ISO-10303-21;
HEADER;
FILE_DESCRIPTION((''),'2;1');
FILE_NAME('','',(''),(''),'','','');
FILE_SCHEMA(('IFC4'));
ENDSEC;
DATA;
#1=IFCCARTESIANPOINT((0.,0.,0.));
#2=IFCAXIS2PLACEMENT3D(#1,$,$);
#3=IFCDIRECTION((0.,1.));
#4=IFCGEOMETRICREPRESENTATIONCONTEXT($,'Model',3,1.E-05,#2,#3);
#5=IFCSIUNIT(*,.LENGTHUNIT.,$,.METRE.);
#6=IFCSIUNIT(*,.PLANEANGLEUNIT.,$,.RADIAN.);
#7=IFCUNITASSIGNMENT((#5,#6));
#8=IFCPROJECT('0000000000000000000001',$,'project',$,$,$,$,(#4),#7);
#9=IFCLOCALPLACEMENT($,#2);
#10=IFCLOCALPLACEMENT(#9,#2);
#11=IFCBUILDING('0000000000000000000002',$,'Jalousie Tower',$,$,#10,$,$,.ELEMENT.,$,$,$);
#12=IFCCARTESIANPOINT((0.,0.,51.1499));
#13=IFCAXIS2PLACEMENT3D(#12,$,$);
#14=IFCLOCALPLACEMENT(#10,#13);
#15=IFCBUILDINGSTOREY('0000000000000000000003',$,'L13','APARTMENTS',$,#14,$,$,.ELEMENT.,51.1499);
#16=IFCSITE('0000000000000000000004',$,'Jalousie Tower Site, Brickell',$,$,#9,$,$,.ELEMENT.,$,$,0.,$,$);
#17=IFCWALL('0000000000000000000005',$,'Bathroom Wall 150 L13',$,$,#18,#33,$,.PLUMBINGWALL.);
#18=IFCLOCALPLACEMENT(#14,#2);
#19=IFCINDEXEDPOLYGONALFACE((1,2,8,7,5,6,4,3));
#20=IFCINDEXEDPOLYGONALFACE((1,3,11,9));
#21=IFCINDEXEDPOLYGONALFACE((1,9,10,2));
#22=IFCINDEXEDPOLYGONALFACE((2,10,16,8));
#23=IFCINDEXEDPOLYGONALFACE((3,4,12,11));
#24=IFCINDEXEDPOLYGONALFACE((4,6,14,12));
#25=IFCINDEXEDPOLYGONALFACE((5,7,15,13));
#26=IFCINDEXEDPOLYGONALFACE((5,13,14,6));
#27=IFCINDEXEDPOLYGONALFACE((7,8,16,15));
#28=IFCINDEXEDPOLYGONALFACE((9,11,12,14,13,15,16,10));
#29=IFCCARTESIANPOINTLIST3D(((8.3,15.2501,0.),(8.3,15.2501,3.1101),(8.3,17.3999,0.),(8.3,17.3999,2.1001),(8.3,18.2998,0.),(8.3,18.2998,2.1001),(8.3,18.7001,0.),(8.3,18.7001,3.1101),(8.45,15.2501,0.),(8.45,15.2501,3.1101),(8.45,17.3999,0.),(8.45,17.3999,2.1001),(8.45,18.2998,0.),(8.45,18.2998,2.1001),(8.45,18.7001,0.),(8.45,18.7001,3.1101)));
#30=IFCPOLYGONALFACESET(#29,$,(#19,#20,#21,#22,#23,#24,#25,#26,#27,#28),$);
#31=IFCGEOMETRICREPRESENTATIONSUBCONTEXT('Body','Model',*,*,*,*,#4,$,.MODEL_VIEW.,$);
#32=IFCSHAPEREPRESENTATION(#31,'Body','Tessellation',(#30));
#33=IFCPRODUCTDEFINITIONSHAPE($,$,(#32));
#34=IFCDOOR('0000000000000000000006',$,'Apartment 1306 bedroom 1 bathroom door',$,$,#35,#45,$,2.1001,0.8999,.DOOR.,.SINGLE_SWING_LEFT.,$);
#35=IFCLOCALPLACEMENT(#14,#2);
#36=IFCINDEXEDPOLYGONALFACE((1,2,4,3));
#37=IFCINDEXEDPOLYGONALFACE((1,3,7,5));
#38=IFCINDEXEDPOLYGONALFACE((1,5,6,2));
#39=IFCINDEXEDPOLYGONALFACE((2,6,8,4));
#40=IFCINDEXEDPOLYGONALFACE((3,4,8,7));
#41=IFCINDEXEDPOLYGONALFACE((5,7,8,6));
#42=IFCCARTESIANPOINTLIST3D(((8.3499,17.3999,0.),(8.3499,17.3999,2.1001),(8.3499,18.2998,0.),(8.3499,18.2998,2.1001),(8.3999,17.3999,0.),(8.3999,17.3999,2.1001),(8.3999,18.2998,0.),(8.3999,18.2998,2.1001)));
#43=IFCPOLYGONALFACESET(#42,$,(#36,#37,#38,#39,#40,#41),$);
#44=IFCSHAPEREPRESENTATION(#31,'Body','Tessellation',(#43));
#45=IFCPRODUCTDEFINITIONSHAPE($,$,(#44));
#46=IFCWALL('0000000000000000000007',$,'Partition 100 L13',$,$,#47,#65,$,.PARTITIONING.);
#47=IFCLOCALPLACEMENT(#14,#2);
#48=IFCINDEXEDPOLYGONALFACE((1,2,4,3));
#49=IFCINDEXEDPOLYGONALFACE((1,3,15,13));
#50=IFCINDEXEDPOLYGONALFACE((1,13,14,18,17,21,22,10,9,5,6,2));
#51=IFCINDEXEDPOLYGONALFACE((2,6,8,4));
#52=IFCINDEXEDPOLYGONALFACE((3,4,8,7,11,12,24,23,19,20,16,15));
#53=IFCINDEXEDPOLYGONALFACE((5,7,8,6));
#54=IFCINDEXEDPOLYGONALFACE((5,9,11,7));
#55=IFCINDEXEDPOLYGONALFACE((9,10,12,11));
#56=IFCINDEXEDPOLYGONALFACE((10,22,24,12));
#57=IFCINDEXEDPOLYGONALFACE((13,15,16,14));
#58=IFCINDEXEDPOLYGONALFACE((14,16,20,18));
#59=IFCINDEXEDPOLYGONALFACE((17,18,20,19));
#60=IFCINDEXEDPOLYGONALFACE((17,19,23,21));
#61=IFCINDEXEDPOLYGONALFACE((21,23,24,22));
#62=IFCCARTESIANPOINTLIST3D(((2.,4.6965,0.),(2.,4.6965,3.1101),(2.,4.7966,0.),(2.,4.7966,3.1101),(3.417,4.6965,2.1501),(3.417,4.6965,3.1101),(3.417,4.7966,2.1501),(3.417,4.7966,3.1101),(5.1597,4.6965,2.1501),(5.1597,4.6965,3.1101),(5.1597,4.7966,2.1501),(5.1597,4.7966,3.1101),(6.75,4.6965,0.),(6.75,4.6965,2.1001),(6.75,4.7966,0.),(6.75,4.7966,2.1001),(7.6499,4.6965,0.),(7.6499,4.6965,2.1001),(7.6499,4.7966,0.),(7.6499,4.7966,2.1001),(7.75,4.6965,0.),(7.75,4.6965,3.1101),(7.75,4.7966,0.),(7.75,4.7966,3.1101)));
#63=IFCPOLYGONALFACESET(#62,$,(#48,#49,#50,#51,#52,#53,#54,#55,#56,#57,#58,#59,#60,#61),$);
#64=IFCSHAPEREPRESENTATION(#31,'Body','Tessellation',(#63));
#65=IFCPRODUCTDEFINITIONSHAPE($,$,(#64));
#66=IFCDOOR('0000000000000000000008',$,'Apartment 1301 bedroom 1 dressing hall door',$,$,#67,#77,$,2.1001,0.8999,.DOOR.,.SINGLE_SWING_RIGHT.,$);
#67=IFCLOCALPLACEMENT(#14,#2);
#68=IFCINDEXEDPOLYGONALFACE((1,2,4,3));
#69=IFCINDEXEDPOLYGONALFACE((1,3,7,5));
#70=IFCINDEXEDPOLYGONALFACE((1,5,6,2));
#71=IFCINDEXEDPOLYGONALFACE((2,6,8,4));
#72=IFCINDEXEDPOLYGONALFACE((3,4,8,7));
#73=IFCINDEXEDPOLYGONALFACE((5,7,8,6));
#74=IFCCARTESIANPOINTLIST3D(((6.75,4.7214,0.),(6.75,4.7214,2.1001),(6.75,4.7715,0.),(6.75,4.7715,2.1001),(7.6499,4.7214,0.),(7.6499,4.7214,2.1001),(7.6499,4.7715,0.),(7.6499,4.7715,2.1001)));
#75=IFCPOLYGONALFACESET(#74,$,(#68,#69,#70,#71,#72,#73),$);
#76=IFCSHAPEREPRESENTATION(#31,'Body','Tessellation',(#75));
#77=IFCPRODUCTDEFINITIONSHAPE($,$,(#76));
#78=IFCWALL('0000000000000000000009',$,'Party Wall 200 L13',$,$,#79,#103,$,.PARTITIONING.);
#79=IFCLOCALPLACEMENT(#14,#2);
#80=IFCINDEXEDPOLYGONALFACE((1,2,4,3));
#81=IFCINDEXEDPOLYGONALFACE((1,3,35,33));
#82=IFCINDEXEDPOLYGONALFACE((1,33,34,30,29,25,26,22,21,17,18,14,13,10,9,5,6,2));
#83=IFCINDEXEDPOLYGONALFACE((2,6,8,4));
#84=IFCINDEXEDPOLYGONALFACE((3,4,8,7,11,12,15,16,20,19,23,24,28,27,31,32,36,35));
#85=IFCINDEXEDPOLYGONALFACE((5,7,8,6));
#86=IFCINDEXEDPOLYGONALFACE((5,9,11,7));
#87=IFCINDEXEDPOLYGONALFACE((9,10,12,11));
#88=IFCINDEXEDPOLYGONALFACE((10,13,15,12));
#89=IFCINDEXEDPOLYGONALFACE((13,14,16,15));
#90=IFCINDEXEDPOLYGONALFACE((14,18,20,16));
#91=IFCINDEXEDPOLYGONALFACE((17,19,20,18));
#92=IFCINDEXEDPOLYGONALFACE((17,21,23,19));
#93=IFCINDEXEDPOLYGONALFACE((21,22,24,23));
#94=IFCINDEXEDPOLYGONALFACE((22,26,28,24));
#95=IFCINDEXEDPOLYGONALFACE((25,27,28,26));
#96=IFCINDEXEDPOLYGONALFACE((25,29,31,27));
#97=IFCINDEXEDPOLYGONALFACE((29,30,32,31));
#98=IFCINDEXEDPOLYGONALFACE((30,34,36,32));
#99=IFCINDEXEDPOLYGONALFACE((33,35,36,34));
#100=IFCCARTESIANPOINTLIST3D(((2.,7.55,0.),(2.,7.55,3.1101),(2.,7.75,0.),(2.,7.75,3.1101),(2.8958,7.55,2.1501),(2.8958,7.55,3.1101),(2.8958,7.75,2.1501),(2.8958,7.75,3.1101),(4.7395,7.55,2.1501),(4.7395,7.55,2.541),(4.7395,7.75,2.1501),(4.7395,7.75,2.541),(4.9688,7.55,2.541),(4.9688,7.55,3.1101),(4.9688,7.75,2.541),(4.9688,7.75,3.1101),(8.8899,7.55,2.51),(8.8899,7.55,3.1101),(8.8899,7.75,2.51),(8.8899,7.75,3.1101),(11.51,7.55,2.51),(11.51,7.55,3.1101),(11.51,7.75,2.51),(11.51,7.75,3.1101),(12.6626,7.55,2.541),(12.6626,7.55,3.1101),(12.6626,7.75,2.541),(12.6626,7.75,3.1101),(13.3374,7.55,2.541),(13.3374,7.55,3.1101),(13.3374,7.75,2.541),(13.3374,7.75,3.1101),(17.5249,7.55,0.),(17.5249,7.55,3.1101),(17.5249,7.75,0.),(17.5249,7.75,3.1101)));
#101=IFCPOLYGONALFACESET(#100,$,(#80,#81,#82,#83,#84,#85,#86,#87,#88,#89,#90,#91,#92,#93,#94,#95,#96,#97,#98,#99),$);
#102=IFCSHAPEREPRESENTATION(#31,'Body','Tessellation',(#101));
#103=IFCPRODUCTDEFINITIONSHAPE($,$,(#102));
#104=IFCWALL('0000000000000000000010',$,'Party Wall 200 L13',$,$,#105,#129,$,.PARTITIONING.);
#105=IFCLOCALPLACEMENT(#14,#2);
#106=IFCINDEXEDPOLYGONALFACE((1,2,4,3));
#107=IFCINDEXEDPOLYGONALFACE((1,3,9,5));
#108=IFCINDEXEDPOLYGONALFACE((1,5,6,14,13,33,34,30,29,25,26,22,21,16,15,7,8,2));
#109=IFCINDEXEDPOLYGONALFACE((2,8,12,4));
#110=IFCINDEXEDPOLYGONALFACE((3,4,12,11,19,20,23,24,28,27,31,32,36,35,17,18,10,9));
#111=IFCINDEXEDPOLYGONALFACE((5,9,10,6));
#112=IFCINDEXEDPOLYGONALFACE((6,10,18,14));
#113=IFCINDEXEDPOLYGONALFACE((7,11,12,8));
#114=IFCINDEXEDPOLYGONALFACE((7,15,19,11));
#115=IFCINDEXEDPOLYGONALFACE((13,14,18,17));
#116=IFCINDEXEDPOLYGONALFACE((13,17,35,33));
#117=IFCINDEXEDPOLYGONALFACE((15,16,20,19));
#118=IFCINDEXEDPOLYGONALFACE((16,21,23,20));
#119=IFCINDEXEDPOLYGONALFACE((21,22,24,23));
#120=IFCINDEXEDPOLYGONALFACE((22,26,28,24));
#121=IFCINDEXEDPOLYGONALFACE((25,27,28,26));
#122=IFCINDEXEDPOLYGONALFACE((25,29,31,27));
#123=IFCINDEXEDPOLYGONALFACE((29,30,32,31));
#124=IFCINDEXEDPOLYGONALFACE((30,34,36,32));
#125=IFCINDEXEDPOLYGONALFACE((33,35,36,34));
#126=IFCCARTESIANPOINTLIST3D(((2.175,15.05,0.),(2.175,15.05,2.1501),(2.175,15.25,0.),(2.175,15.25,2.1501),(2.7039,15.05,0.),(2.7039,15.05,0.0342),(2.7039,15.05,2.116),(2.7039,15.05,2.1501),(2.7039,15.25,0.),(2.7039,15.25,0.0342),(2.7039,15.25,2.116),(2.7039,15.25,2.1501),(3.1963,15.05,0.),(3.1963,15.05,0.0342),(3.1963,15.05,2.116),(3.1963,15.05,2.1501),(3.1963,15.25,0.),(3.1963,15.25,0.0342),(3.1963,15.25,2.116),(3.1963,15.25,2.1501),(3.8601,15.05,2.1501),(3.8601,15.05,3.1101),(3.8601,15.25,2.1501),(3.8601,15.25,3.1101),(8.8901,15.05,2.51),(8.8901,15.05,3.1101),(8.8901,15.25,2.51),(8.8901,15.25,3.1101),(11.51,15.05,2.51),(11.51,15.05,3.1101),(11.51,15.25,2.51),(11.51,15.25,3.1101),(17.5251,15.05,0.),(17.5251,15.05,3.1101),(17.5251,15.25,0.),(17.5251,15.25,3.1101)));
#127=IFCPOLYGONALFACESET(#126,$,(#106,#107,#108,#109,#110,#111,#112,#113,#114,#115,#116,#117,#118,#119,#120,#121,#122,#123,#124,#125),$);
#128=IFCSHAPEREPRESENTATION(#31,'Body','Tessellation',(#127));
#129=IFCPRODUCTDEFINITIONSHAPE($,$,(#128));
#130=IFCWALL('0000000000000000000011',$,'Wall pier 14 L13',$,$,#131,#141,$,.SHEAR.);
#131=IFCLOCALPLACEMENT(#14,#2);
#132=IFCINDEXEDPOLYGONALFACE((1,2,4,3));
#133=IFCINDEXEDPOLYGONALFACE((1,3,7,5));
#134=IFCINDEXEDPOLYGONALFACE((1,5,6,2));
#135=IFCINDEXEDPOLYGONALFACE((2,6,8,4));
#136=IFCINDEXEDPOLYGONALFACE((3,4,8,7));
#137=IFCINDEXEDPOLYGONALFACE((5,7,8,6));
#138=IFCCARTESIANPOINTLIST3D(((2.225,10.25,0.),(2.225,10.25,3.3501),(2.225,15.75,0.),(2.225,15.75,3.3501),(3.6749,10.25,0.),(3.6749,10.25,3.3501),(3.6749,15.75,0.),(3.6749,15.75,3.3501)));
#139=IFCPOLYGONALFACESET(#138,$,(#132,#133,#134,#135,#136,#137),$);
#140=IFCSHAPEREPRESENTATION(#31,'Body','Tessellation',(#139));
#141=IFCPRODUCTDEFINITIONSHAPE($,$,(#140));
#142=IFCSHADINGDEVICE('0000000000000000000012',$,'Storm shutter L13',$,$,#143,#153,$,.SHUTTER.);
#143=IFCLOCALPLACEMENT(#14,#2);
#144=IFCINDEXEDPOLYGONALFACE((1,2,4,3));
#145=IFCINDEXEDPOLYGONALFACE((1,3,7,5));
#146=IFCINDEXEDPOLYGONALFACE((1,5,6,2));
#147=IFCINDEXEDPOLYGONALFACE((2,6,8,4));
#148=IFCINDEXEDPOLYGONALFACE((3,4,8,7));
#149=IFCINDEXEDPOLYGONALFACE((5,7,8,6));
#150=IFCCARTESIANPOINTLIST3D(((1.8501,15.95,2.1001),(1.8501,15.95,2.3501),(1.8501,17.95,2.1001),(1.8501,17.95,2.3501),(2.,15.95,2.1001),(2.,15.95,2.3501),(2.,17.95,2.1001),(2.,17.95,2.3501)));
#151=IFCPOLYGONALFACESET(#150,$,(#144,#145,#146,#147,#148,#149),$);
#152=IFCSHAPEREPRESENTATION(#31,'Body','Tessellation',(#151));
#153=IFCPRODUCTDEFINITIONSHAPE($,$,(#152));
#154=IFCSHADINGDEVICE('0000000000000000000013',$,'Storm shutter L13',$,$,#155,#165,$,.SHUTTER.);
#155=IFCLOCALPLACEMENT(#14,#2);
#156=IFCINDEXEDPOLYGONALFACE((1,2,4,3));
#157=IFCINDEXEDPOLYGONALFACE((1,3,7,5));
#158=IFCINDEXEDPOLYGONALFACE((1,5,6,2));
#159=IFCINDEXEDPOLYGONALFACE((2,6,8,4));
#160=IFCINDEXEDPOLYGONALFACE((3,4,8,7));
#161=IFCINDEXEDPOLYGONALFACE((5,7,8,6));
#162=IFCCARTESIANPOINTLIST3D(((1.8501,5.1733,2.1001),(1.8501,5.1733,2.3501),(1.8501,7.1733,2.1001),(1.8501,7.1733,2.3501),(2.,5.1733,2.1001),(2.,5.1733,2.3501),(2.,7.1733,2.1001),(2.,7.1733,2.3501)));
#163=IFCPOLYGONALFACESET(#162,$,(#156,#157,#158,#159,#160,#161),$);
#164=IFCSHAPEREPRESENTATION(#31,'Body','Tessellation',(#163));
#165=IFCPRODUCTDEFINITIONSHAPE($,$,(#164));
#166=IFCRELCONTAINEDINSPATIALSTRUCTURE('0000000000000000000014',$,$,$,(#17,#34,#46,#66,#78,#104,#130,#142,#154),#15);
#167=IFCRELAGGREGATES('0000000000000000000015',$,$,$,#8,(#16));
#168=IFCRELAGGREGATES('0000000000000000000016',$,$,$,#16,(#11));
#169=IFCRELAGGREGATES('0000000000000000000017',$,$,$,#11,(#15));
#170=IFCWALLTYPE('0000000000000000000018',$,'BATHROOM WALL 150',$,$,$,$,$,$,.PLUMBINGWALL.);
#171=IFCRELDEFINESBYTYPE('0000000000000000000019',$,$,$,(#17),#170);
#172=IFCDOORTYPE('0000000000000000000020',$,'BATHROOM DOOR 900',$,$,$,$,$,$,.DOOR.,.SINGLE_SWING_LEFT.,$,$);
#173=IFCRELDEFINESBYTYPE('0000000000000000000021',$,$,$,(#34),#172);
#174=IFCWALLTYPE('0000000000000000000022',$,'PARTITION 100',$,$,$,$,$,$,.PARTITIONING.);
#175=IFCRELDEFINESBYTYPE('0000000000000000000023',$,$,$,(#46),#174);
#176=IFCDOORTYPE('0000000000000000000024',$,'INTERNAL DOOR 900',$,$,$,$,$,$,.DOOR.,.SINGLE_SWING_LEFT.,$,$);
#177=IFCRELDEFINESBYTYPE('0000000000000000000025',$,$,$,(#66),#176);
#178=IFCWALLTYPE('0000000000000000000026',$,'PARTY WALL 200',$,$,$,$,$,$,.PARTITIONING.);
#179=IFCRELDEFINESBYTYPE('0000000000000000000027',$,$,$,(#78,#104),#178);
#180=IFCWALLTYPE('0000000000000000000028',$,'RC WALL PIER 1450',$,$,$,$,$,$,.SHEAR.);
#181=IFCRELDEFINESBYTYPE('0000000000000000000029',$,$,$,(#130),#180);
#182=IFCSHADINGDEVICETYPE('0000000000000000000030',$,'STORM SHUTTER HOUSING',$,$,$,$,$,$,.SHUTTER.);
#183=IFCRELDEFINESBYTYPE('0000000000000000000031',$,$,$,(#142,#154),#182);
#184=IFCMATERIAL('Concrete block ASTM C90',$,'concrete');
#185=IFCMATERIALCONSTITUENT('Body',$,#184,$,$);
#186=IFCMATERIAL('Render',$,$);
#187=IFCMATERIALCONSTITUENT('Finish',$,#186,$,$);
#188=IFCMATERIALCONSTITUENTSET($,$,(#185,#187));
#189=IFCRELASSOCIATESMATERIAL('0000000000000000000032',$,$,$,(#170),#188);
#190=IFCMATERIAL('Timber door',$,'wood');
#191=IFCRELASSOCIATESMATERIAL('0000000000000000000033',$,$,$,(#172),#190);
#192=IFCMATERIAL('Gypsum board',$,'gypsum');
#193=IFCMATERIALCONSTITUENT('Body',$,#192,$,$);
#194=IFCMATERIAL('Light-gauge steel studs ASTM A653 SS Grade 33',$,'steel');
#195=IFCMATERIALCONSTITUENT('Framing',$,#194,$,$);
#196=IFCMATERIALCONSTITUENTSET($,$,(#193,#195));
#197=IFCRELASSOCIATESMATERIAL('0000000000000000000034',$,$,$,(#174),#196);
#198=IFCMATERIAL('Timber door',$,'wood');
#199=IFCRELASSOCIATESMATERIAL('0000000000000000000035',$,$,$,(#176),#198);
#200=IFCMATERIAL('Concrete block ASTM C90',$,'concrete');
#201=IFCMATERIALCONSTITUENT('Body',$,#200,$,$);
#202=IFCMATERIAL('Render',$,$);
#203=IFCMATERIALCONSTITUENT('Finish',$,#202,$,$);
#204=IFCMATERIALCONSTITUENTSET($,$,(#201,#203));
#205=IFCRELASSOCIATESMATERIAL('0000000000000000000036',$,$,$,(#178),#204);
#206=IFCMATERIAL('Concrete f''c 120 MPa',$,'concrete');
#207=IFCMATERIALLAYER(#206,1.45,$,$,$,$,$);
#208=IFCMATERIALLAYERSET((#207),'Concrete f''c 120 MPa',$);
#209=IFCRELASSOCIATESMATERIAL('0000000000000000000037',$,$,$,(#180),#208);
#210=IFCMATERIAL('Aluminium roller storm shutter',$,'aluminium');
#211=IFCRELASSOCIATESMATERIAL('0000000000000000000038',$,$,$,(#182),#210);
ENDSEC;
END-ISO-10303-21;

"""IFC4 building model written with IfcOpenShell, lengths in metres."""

from ifc_helpers import new_model, si_unit, direction, frame, frame_2d, origin, origin_2d, place, context, subcontext, project, spatial, polyline, rectangle, outline, extrude, material, layer, layer_set, constituent, constituent_set, type_object, element, fill, save


model = new_model("IFC4")

# Units and contexts
model_context = context("Model", 3, precision=1e-05, world=origin(), true_north=direction((0.0, 1.0)))
body_context = subcontext(model_context, "Body", "Model", "MODEL_VIEW")
ifc_project = project(units=[si_unit("LENGTHUNIT", "METRE"), si_unit("PLANEANGLEUNIT", "RADIAN")], contexts=[model_context])

# Site, building, storey
site_placement = place(None, origin())
site = spatial("IfcSite", under=ifc_project, at=site_placement, Name="Jalousie Tower Site, Brickell", CompositionType="ELEMENT", RefElevation=0.0)
building_placement = place(site_placement, origin())
building = spatial("IfcBuilding", under=site, at=building_placement, Name="Jalousie Tower", CompositionType="ELEMENT")
storey_placement = place(building_placement, frame((0.0, 0.0, 51.1499)))
storey = spatial("IfcBuildingStorey", under=building, at=storey_placement, Name="L13", Description="APARTMENTS", CompositionType="ELEMENT", Elevation=51.1499)

# Walls, openings, doors
ifc_material_1 = material(Name="Concrete block ASTM C90", Category="concrete")
ifc_constituent_1 = constituent(ifc_material_1, Name="Body")
ifc_material_2 = material(Name="Render")
ifc_constituent_2 = constituent(ifc_material_2, Name="Finish")
ifc_constituent_set_1 = constituent_set(constituents=[ifc_constituent_1, ifc_constituent_2])
wall_type_1 = type_object("IfcWallType", Name="BATHROOM WALL 150", PredefinedType="PLUMBINGWALL", material=ifc_constituent_set_1)
ifc_material_3 = material(Name="Timber door", Category="wood")
door_type_1 = type_object("IfcDoorType", Name="BATHROOM DOOR 900", OperationType="SINGLE_SWING_LEFT", PredefinedType="DOOR", material=ifc_material_3)
wall_1_placement = place(storey_placement, frame((8.375, 15.25, 0.0), z_axis=(0.0, 0.0, 1.0), x_axis=(0.0, 1.0, 0.0)))
wall_1 = element("IfcWall", 1, at=wall_1_placement, inside=storey, type_object=wall_type_1, Name="Bathroom Wall 150 L13", PredefinedType="PLUMBINGWALL", context=body_context, shape_type="SweptSolid", body=[
    extrude(rectangle(XDim=3.45, YDim=0.1499, at=frame_2d((1.7251, 0.0))), origin(), (0.0, 0.0, 1.0), 3.1101),
])
opening_1_placement = place(wall_1_placement, frame((2.1499, 0.0, 0.0)))
opening_1 = element("IfcOpeningElement", 2, at=opening_1_placement, cuts=wall_1, PredefinedType="OPENING", context=body_context, shape_type="SweptSolid", body=[
    extrude(rectangle(XDim=0.8999, YDim=2.1001, at=frame_2d((0.45, 1.05))), frame((0.0, 0.085, 0.0), z_axis=(0.0, -1.0, 0.0), x_axis=(1.0, 0.0, 0.0)), (0.0, 0.0, 1.0), 0.1699),
])
door_1_placement = place(opening_1_placement, frame((0.8999, 0.0, 0.0), z_axis=(0.0, 0.0, 1.0), x_axis=(-1.0, 0.0, 0.0)))
door_1 = element("IfcDoor", 3, at=door_1_placement, inside=storey, type_object=door_type_1, Name="Apartment 1306 bedroom 1 bathroom door", OperationType="SINGLE_SWING_LEFT", OverallHeight=2.1001, OverallWidth=0.8999, PredefinedType="DOOR", context=body_context, shape_type="SweptSolid", body=[
    extrude(rectangle(XDim=0.8999, YDim=2.1001, at=frame_2d((0.45, 1.05))), frame((0.0, 0.0249, 0.0), z_axis=(0.0, -1.0, 0.0), x_axis=(1.0, 0.0, 0.0)), (0.0, 0.0, 1.0), 0.05),
])
fill(opening_1, door_1)
ifc_material_4 = material(Name="Gypsum board", Category="gypsum")
ifc_constituent_3 = constituent(ifc_material_4, Name="Body")
ifc_material_5 = material(Name="Light-gauge steel studs ASTM A653 SS Grade 33", Category="steel")
ifc_constituent_4 = constituent(ifc_material_5, Name="Framing")
ifc_constituent_set_2 = constituent_set(constituents=[ifc_constituent_3, ifc_constituent_4])
wall_type_2 = type_object("IfcWallType", Name="PARTITION 100", PredefinedType="PARTITIONING", material=ifc_constituent_set_2)
wall_2_placement = place(storey_placement, frame((2.0, 4.7466, 0.0), z_axis=(0.0, 0.0, 1.0), x_axis=(1.0, 0.0, 0.0)))
wall_2 = element("IfcWall", 4, at=wall_2_placement, inside=storey, type_object=wall_type_2, Name="Partition 100 L13", PredefinedType="PARTITIONING", context=body_context, shape_type="SweptSolid", body=[
    extrude(outline(polyline([(0.0, 0.0), (5.75, 0.0), (5.75, 3.1101), (3.1597, 3.1101), (3.1597, 2.1501), (1.417, 2.1501), (1.417, 3.1101), (0.0, 3.1101), (0.0, 0.0)])), frame((0.0, 0.05, 0.0), z_axis=(0.0, -1.0, 0.0), x_axis=(1.0, 0.0, 0.0)), (0.0, 0.0, 1.0), 0.1001),
])
opening_2_placement = place(wall_2_placement, frame((4.75, 0.0, 0.0)))
opening_2 = element("IfcOpeningElement", 5, at=opening_2_placement, cuts=wall_2, PredefinedType="OPENING", context=body_context, shape_type="SweptSolid", body=[
    extrude(rectangle(XDim=0.8999, YDim=2.1001, at=frame_2d((0.45, 1.05))), frame((0.0, 0.0601, 0.0), z_axis=(0.0, -1.0, 0.0), x_axis=(1.0, 0.0, 0.0)), (0.0, 0.0, 1.0), 0.1201),
])
ifc_material_6 = material(Name="Timber door", Category="wood")
door_type_2 = type_object("IfcDoorType", Name="INTERNAL DOOR 900", OperationType="SINGLE_SWING_LEFT", PredefinedType="DOOR", material=ifc_material_6)
door_2_placement = place(opening_2_placement, origin())
door_2 = element("IfcDoor", 6, at=door_2_placement, inside=storey, type_object=door_type_2, Name="Apartment 1301 bedroom 1 dressing hall door", OperationType="SINGLE_SWING_RIGHT", OverallHeight=2.1001, OverallWidth=0.8999, PredefinedType="DOOR", context=body_context, shape_type="SweptSolid", body=[
    extrude(rectangle(XDim=0.8999, YDim=2.1001, at=frame_2d((0.45, 1.05))), frame((0.0, 0.0249, 0.0), z_axis=(0.0, -1.0, 0.0), x_axis=(1.0, 0.0, 0.0)), (0.0, 0.0, 1.0), 0.05),
])
fill(opening_2, door_2)

# Walls
ifc_material_7 = material(Name="Concrete block ASTM C90", Category="concrete")
ifc_constituent_5 = constituent(ifc_material_7, Name="Body")
ifc_material_8 = material(Name="Render")
ifc_constituent_6 = constituent(ifc_material_8, Name="Finish")
ifc_constituent_set_3 = constituent_set(constituents=[ifc_constituent_5, ifc_constituent_6])
wall_type_3 = type_object("IfcWallType", Name="PARTY WALL 200", PredefinedType="PARTITIONING", material=ifc_constituent_set_3)
wall_3_placement = place(storey_placement, frame((2.0, 7.6499, 0.0), z_axis=(0.0, 0.0, 1.0), x_axis=(1.0, 0.0, 0.0)))
element("IfcWall", 7, at=wall_3_placement, inside=storey, type_object=wall_type_3, Name="Party Wall 200 L13", PredefinedType="PARTITIONING", context=body_context, shape_type="SweptSolid", body=[
    extrude(outline(polyline([(0.0, 0.0), (15.5249, 0.0), (15.5249, 3.1101), (11.3374, 3.1101), (11.3374, 2.541), (10.6626, 2.541), (10.6626, 3.1101), (9.51, 3.1101), (9.51, 2.51), (6.8899, 2.51), (6.8899, 3.1101), (2.9688, 3.1101), (2.9688, 2.541), (2.7395, 2.541), (2.7395, 2.1501), (0.8958, 2.1501), (0.8958, 3.1101), (0.0, 3.1101), (0.0, 0.0)])), frame((0.0, 0.1001, 0.0), z_axis=(0.0, -1.0, 0.0), x_axis=(1.0, 0.0, 0.0)), (0.0, 0.0, 1.0), 0.2),
])
wall_4_placement = place(storey_placement, frame((2.175, 15.1499, 0.0), z_axis=(0.0, 0.0, 1.0), x_axis=(1.0, 0.0, 0.0)))
element("IfcWall", 8, at=wall_4_placement, inside=storey, type_object=wall_type_3, Name="Party Wall 200 L13", PredefinedType="PARTITIONING", context=body_context, shape_type="SweptSolid", body=[
    extrude(outline(polyline([(0.5288, 2.1501), (0.0, 2.1501), (0.0, 0.0), (0.5288, 0.0), (0.5288, 0.0342), (1.0212, 0.0342), (1.0212, 0.0), (15.3501, 0.0), (15.3501, 3.1101), (9.335, 3.1101), (9.335, 2.51), (6.7151, 2.51), (6.7151, 3.1101), (1.6851, 3.1101), (1.6851, 2.1501), (1.0212, 2.1501), (1.0212, 2.116), (0.5288, 2.116), (0.5288, 2.1501)])), frame((0.0, 0.1001, 0.0), z_axis=(0.0, -1.0, 0.0), x_axis=(1.0, 0.0, 0.0)), (0.0, 0.0, 1.0), 0.2),
])
ifc_material_9 = material(Name="Concrete f'c 120 MPa", Category="concrete")
ifc_layer_1 = layer(ifc_material_9, 1.45)
ifc_layer_set_1 = layer_set([ifc_layer_1], Name="Concrete f'c 120 MPa")
wall_type_4 = type_object("IfcWallType", Name="RC WALL PIER 1450", PredefinedType="SHEAR", material=ifc_layer_set_1)
wall_5_placement = place(storey_placement, frame((2.95, 10.25, 0.0), z_axis=(0.0, 0.0, 1.0), x_axis=(0.0, 1.0, 0.0)))
element("IfcWall", 9, at=wall_5_placement, inside=storey, type_object=wall_type_4, Name="Wall pier 14 L13", PredefinedType="SHEAR", context=body_context, shape_type="SweptSolid", body=[
    extrude(rectangle(XDim=5.5, YDim=1.45, at=frame_2d((2.75, 0.0))), origin(), (0.0, 0.0, 1.0), 3.3501),
])

# Shading devices
ifc_material_10 = material(Name="Aluminium roller storm shutter", Category="aluminium")
shading_device_type = type_object("IfcShadingDeviceType", Name="STORM SHUTTER HOUSING", PredefinedType="SHUTTER", material=ifc_material_10)
for number, where, z_axis, x_axis, name in (
    (10, (1.925, 16.95, 2.1001), (0.0, 0.0, 1.0), (0.0, -1.0, 0.0), "Storm shutter L13"),
    (11, (1.925, 6.1733, 2.1001), (0.0, 0.0, 1.0), (0.0, -1.0, 0.0), "Storm shutter L13"),
):
    element("IfcShadingDevice", number, at=place(storey_placement, frame(where, z_axis=z_axis, x_axis=x_axis)), inside=storey, type_object=shading_device_type, Name=name, PredefinedType="SHUTTER", context=body_context, shape_type="SweptSolid", body=[
        extrude(rectangle(XDim=2.0, YDim=0.1499, at=origin_2d()), origin(), (0.0, 0.0, 1.0), 0.25),
    ])

save(model, "model.ifc")
